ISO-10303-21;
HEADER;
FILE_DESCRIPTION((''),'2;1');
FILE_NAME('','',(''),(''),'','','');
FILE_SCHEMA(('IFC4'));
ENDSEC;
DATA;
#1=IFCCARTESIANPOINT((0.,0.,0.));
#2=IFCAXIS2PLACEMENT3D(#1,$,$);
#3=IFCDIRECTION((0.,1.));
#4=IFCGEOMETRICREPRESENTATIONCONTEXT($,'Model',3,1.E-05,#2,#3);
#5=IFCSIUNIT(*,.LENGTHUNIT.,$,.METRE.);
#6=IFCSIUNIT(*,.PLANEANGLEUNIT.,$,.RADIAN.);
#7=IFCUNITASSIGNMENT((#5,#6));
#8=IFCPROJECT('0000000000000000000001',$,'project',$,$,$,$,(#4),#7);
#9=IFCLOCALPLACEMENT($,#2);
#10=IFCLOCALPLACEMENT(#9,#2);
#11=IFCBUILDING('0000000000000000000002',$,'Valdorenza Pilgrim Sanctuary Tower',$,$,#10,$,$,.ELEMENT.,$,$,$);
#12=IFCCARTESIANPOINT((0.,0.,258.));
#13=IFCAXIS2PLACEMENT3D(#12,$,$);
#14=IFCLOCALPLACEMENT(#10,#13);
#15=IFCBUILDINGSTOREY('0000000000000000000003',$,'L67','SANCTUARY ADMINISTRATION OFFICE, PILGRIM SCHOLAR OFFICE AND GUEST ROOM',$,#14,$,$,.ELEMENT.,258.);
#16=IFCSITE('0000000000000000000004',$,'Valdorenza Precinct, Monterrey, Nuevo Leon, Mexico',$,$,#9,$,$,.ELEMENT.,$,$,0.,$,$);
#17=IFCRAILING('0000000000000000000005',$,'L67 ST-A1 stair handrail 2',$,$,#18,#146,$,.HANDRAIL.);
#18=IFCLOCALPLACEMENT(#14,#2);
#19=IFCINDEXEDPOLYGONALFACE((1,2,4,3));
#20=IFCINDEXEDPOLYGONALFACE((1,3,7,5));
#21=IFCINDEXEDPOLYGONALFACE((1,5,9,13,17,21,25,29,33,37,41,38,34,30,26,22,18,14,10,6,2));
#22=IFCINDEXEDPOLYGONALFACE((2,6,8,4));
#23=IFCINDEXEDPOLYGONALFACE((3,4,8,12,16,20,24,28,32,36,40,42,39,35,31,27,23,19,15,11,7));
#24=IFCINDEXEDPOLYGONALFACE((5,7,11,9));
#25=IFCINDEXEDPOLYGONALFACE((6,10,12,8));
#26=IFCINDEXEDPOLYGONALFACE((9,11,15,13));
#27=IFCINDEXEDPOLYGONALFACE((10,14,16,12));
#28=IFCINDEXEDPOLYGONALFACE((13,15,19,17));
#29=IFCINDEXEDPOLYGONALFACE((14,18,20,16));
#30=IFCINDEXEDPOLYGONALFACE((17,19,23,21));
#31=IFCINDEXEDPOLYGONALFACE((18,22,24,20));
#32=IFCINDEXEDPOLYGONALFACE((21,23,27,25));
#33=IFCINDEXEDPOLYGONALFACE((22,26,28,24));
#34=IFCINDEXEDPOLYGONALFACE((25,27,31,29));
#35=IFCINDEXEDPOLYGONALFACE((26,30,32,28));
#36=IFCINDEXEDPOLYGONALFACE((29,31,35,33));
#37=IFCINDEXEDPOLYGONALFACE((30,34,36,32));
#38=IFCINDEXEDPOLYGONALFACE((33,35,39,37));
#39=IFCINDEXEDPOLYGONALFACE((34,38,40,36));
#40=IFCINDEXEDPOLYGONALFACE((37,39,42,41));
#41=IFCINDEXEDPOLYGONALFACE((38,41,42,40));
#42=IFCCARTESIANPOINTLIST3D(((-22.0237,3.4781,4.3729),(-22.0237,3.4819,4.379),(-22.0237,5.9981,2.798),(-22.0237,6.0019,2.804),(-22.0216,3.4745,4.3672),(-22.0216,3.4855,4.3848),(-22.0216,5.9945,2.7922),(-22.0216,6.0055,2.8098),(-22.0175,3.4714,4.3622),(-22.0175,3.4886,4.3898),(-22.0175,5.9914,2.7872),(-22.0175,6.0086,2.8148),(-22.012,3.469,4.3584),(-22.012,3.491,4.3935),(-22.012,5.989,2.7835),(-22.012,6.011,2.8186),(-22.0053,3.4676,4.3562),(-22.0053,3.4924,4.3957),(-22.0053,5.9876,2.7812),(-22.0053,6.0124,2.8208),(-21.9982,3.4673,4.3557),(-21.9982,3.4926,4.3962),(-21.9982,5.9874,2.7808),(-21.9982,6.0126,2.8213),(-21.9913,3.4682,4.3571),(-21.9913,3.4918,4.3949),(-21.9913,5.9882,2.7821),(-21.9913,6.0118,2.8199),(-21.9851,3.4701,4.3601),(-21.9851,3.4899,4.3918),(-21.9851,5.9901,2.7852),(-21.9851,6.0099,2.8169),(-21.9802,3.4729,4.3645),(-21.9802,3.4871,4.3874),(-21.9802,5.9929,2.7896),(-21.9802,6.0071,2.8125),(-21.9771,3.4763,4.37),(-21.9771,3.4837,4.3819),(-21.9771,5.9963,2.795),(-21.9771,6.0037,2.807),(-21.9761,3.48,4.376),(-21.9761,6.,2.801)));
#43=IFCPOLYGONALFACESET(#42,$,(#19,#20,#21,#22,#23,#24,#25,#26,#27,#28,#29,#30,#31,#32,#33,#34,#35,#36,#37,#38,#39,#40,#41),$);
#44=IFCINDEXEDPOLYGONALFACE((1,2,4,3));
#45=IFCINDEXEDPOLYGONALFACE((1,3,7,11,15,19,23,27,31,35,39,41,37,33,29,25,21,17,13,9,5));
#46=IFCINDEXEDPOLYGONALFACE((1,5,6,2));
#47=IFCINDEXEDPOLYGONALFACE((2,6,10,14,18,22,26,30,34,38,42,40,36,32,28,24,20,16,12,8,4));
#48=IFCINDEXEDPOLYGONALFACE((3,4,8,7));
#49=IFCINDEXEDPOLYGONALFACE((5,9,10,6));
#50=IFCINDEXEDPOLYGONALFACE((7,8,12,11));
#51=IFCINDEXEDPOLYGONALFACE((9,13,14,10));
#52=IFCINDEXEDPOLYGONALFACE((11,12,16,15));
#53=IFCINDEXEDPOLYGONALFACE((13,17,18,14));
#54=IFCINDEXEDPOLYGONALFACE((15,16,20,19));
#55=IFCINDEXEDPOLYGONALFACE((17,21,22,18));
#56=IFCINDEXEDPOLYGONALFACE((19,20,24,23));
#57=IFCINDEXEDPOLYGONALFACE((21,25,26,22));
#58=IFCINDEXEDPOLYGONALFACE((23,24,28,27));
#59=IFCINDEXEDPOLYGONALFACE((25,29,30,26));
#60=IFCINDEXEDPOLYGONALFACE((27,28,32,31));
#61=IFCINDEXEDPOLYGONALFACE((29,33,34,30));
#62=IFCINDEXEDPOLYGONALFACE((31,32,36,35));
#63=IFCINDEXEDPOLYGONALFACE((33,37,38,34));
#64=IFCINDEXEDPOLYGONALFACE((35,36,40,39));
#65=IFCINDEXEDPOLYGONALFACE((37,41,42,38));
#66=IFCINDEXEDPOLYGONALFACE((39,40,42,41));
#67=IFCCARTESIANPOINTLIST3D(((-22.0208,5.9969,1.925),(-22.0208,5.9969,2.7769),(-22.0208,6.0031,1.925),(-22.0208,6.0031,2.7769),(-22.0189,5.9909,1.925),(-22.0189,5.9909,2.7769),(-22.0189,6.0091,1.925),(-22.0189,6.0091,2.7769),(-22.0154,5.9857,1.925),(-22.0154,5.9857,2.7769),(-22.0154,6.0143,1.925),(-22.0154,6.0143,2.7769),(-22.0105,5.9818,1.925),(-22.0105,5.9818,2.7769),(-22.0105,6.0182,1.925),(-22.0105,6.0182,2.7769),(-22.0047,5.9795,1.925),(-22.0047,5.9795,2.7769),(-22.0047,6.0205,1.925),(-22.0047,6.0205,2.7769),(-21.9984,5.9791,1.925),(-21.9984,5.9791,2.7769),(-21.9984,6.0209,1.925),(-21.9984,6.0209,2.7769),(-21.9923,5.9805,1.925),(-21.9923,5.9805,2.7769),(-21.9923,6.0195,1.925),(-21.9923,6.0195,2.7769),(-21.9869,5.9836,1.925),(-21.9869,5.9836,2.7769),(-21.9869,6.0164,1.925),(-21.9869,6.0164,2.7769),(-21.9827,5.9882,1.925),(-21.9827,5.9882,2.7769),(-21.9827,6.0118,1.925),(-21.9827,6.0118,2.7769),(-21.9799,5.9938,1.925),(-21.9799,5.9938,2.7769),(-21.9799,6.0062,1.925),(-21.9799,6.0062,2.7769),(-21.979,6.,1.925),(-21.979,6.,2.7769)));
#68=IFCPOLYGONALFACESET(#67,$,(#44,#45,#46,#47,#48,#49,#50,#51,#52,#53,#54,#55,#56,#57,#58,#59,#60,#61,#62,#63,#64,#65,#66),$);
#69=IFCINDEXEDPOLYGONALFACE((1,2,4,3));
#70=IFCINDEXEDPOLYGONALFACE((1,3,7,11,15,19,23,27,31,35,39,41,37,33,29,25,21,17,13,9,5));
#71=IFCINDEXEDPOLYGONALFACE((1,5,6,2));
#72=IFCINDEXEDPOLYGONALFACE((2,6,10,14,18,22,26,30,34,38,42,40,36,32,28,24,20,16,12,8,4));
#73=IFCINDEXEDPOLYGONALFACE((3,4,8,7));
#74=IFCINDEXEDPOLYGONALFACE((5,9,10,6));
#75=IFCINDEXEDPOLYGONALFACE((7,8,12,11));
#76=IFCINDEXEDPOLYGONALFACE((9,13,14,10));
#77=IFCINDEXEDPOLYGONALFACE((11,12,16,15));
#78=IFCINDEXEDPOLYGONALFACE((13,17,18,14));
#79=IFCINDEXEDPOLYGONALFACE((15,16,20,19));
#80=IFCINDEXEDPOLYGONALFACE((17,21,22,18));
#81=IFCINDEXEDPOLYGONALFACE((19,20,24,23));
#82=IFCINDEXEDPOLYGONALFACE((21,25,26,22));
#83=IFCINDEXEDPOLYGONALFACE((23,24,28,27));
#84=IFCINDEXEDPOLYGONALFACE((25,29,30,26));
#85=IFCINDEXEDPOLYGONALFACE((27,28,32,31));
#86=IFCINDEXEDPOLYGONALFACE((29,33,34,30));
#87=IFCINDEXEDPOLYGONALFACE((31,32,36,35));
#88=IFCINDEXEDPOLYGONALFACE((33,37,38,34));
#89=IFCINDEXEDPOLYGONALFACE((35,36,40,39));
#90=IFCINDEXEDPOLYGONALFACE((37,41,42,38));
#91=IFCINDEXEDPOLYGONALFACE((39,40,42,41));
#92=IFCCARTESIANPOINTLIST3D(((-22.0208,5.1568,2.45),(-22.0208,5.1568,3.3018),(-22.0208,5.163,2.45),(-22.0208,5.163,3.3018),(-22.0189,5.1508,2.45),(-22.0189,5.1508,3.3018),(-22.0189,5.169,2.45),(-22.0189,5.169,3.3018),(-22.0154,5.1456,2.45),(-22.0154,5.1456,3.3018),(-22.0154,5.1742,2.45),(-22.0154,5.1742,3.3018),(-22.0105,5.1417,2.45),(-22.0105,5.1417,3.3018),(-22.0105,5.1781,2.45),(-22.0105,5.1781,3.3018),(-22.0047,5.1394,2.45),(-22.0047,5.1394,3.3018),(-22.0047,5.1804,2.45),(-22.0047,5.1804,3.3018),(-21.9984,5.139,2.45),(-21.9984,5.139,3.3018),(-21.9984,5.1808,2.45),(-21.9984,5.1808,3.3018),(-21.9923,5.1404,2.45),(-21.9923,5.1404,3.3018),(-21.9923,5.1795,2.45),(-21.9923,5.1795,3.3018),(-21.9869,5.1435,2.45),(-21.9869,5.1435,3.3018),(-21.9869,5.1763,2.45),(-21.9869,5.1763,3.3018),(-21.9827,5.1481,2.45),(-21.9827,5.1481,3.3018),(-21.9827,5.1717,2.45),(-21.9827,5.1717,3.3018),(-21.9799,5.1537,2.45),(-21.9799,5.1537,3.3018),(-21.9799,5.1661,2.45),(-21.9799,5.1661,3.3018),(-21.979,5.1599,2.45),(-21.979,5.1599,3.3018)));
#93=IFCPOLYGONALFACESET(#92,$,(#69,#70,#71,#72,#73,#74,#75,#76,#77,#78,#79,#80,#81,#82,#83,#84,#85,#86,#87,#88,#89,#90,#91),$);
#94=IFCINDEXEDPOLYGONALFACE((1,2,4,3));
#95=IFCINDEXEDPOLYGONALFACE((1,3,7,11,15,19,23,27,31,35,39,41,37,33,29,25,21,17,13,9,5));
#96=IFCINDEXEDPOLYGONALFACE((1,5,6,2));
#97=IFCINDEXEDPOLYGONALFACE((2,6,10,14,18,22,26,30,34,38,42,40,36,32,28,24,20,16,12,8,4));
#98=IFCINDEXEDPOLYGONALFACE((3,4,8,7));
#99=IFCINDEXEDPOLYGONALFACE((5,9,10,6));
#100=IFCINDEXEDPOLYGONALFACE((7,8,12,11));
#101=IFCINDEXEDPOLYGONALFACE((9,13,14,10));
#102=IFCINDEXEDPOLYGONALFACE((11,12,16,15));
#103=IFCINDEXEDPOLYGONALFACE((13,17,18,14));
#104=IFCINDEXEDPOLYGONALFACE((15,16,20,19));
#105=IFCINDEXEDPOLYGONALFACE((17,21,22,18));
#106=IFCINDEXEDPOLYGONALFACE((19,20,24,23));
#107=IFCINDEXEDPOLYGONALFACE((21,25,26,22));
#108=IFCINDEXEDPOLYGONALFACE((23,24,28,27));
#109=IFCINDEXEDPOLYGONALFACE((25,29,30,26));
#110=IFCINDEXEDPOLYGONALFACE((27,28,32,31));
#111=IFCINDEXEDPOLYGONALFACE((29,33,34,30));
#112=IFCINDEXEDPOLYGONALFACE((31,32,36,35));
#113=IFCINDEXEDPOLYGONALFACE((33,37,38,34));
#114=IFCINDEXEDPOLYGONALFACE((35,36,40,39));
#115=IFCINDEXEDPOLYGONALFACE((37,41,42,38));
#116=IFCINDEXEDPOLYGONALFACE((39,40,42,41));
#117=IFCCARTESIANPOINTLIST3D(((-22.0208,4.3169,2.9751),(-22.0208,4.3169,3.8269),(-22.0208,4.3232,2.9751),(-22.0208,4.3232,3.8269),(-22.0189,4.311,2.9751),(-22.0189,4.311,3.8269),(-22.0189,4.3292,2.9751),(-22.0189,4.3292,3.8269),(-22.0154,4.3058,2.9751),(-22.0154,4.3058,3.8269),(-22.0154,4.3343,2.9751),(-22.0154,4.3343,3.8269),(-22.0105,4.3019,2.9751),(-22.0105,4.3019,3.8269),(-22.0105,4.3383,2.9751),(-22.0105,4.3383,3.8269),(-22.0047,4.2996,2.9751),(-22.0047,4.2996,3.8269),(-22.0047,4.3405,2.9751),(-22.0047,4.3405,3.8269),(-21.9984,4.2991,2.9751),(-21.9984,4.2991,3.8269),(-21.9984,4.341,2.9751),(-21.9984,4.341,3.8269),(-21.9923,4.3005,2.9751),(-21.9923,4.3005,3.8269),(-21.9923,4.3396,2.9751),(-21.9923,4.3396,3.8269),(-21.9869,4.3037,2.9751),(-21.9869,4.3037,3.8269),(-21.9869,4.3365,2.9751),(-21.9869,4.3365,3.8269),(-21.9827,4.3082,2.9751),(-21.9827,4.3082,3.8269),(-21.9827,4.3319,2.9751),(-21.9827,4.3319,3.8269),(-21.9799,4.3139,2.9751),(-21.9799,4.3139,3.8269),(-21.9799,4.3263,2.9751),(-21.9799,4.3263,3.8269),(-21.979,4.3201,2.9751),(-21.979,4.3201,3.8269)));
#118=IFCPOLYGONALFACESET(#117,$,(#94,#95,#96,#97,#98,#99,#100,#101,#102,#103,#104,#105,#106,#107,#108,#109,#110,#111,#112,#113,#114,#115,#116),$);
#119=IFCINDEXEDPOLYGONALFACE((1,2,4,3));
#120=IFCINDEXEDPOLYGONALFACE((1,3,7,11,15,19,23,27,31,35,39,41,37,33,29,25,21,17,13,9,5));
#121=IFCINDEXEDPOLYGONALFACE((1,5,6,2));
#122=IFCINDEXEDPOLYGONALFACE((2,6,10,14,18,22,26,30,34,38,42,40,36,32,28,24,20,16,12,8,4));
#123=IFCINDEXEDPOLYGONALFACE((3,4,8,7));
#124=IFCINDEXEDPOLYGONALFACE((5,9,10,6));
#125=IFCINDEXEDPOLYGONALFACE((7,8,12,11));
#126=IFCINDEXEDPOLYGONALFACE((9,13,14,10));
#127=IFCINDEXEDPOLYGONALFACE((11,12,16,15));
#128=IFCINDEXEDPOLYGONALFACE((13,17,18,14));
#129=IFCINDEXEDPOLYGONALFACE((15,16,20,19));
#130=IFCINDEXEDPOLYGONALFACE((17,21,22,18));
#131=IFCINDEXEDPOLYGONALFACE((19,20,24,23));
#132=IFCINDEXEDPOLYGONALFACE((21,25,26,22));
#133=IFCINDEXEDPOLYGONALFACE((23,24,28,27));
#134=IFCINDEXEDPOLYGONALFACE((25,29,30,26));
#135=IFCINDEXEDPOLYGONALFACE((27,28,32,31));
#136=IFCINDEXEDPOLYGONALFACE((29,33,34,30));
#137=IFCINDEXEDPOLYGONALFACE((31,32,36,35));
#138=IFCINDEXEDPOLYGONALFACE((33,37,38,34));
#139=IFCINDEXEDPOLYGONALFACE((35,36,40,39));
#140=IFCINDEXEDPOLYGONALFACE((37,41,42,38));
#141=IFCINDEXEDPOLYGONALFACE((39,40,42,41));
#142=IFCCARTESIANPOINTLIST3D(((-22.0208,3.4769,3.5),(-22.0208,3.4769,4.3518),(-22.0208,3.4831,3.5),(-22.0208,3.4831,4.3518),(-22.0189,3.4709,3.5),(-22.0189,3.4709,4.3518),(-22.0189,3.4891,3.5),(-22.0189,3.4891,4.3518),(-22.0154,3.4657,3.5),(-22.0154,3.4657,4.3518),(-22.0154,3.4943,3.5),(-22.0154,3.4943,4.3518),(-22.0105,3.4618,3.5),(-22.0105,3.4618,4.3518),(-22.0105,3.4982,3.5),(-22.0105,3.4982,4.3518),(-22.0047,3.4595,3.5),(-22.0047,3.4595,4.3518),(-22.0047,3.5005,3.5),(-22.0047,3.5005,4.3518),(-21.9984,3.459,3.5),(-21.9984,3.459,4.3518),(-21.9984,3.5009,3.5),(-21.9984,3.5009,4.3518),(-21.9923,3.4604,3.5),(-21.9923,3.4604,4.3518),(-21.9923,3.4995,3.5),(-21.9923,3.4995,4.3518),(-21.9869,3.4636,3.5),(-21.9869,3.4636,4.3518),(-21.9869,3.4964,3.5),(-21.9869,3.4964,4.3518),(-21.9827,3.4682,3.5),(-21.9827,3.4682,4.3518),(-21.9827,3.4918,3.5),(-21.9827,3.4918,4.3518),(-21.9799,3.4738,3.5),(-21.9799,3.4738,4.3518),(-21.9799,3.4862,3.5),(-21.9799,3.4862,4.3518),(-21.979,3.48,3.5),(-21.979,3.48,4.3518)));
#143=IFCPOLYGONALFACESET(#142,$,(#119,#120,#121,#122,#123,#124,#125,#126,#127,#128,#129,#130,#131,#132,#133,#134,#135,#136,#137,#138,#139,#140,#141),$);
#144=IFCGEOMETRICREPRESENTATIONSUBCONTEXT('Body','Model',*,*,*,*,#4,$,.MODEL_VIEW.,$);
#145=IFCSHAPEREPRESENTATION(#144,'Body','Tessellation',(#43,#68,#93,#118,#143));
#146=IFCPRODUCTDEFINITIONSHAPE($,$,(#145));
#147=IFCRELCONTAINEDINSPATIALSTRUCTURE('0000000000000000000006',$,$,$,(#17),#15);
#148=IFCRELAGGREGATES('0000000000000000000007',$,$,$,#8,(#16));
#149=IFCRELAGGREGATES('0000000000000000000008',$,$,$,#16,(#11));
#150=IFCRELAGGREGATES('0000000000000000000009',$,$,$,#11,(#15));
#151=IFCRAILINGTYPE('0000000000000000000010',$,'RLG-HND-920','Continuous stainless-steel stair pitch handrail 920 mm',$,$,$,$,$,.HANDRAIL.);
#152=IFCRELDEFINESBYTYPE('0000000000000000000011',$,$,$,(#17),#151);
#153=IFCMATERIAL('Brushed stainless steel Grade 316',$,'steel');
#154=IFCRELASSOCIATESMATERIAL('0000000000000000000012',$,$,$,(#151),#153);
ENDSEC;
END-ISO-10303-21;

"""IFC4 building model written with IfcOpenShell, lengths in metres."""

from ifc_helpers import new_model, si_unit, direction, frame, origin, origin_2d, place, context, subcontext, project, spatial, circle, extrude, material, type_object, element, save


model = new_model("IFC4")

# Units and contexts
model_context = context("Model", 3, precision=1e-05, world=origin(), true_north=direction((0.0, 1.0)))
body_context = subcontext(model_context, "Body", "Model", "MODEL_VIEW")
ifc_project = project(units=[si_unit("LENGTHUNIT", "METRE"), si_unit("PLANEANGLEUNIT", "RADIAN")], contexts=[model_context])

# Site, building, storey
site_placement = place(None, origin())
site = spatial("IfcSite", under=ifc_project, at=site_placement, Name="Valdorenza Precinct, Monterrey, Nuevo Leon, Mexico", CompositionType="ELEMENT", RefElevation=0.0)
building_placement = place(site_placement, origin())
building = spatial("IfcBuilding", under=site, at=building_placement, Name="Valdorenza Pilgrim Sanctuary Tower", CompositionType="ELEMENT")
storey_placement = place(building_placement, frame((0.0, 0.0, 258.0)))
storey = spatial("IfcBuildingStorey", under=building, at=storey_placement, Name="L67", Description="SANCTUARY ADMINISTRATION OFFICE, PILGRIM SCHOLAR OFFICE AND GUEST ROOM", CompositionType="ELEMENT", Elevation=258.0)

# Shared definitions
ifc_material_1 = material(Name="Brushed stainless steel Grade 316", Category="steel")

# Railing
railing_type_1 = type_object("IfcRailingType", Name="RLG-HND-920", Description="Continuous stainless-steel stair pitch handrail 920 mm", PredefinedType="HANDRAIL", material=ifc_material_1)
railing_1_placement = place(storey_placement, frame((-22.0, 6.0, 1.925)))
element("IfcRailing", 1, at=railing_1_placement, inside=storey, type_object=railing_type_1, Name="L67 ST-A1 stair handrail 2", PredefinedType="HANDRAIL", context=body_context, shape_type="SweptSolid", body=[
    extrude(circle(Radius=0.0239, at=origin_2d()), frame((0.0, 0.0, 0.876), z_axis=(0.0, -0.848008, 0.529984), x_axis=(1.0, 0.0, 0.0)), (0.0, 0.0, 1.0), 2.9717),
    extrude(circle(Radius=0.021, at=origin_2d()), origin(), (0.0, 0.0, 1.0), 0.8518),
    extrude(circle(Radius=0.021, at=origin_2d()), frame((0.0, -0.8401, 0.5249)), (0.0, 0.0, 1.0), 0.8518),
    extrude(circle(Radius=0.021, at=origin_2d()), frame((0.0, -1.6799, 1.05)), (0.0, 0.0, 1.0), 0.8518),
    extrude(circle(Radius=0.021, at=origin_2d()), frame((0.0, -2.52, 1.575)), (0.0, 0.0, 1.0), 0.8518),
])

save(model, "model.ifc")
